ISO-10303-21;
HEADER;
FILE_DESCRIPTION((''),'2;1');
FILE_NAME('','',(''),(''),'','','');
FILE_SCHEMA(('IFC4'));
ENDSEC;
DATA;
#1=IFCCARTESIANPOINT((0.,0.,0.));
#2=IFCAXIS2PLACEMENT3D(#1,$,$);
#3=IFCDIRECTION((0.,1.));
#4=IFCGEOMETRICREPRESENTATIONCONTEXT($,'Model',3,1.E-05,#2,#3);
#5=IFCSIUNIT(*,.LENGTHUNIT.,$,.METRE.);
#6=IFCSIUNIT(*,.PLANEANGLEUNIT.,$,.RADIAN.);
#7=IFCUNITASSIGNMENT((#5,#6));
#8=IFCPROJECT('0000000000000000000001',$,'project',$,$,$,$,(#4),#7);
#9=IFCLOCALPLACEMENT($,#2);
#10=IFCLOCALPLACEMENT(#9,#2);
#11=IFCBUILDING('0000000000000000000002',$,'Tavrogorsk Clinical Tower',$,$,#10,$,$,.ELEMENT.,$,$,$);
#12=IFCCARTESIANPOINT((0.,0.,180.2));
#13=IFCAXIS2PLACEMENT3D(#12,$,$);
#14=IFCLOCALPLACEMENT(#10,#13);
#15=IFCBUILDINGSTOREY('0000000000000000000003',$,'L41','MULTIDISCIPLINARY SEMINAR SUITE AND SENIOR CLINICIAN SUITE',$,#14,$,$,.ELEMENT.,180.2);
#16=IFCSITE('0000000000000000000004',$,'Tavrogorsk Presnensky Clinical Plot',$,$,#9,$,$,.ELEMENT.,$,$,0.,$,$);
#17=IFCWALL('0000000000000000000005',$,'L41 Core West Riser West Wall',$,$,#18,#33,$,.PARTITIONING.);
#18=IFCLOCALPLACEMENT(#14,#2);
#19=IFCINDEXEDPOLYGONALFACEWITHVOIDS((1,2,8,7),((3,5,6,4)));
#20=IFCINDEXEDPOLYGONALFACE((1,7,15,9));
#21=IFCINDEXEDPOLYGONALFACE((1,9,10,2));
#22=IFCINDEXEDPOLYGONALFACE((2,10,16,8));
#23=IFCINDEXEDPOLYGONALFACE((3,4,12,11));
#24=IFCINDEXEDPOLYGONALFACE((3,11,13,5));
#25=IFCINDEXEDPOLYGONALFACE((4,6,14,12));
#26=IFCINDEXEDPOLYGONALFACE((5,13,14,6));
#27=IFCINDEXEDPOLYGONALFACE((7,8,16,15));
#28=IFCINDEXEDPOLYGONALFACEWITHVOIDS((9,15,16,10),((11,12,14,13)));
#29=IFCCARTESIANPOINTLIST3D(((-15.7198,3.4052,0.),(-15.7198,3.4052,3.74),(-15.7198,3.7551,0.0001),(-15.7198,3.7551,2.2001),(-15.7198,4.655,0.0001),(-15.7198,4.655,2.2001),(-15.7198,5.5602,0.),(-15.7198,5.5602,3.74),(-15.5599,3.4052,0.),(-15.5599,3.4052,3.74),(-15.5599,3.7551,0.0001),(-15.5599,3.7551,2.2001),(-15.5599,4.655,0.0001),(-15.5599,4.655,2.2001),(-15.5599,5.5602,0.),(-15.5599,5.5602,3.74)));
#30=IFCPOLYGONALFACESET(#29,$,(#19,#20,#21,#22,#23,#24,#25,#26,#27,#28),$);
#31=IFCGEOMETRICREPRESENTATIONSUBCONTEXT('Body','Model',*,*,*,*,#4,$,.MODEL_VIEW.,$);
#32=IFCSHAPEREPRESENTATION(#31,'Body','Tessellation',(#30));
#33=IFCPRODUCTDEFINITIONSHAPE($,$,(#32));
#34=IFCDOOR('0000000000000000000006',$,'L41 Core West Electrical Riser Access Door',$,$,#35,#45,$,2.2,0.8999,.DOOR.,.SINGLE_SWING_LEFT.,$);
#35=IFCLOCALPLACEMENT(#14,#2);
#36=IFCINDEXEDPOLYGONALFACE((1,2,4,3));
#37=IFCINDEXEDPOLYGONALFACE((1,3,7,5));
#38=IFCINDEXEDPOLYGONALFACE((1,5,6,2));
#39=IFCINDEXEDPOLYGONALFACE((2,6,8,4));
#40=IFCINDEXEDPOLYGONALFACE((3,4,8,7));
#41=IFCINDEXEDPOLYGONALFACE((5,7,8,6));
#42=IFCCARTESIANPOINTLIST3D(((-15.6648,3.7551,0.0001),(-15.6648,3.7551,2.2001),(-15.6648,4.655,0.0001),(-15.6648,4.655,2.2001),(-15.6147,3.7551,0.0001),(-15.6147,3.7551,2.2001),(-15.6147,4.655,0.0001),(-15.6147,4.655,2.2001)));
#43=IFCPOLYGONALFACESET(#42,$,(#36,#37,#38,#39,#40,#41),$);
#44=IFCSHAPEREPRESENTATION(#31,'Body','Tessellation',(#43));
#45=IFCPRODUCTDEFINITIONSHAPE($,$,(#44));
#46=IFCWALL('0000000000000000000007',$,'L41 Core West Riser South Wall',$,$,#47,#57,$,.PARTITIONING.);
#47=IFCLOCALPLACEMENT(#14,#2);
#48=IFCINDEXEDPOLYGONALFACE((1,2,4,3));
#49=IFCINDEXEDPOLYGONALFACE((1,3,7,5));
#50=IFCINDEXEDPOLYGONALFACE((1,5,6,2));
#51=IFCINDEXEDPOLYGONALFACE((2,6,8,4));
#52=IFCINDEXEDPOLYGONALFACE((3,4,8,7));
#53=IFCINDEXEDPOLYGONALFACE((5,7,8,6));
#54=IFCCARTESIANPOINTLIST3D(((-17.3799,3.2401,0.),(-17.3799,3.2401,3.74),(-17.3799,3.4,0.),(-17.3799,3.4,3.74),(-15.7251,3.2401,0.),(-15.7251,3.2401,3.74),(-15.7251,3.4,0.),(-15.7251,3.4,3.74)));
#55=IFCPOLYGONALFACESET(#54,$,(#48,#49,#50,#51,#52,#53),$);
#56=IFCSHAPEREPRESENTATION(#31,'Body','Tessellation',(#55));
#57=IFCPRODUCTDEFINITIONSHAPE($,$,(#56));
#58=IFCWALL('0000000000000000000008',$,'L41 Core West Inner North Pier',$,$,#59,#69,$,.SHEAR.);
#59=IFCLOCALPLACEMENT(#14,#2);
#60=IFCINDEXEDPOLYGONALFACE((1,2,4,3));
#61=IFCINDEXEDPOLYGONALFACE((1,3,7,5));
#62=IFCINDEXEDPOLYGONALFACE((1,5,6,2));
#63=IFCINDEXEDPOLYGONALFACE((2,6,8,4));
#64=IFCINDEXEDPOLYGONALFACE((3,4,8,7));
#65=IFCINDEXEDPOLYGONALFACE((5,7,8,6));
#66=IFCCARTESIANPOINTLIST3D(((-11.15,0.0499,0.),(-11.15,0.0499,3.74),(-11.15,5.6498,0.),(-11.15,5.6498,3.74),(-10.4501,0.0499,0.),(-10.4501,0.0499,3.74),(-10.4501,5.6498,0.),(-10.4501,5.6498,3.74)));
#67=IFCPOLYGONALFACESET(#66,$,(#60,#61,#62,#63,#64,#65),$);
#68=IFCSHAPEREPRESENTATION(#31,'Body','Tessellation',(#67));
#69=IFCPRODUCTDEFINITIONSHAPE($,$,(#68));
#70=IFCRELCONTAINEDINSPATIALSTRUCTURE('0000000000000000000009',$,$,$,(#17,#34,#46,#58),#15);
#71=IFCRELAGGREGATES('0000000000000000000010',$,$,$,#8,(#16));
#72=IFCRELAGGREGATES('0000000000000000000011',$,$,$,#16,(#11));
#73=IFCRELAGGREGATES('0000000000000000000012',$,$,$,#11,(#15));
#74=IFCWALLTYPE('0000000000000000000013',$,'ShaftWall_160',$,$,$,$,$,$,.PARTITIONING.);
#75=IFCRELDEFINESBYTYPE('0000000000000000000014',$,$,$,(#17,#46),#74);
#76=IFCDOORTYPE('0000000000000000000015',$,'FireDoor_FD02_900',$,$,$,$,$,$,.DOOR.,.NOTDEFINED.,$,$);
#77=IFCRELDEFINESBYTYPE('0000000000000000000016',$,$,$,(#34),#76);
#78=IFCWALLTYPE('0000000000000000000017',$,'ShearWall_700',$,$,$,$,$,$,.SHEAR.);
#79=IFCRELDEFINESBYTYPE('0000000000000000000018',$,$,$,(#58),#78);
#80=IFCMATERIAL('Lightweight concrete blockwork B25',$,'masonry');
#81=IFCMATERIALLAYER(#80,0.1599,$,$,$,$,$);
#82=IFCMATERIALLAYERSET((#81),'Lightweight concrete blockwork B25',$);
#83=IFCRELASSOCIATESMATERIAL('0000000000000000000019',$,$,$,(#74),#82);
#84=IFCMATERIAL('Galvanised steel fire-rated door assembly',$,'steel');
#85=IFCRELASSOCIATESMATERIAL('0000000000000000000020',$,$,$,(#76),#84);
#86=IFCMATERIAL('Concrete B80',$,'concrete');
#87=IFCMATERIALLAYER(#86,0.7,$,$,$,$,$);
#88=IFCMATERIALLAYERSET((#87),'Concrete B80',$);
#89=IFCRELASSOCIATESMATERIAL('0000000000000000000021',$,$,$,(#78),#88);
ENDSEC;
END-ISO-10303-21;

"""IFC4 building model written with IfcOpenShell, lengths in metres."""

from ifc_helpers import new_model, si_unit, direction, frame, frame_2d, origin, place, context, subcontext, project, spatial, rectangle, extrude, material, layer, layer_set, type_object, element, fill, save


model = new_model("IFC4")

# Units and contexts
model_context = context("Model", 3, precision=1e-05, world=origin(), true_north=direction((0.0, 1.0)))
body_context = subcontext(model_context, "Body", "Model", "MODEL_VIEW")
ifc_project = project(units=[si_unit("LENGTHUNIT", "METRE"), si_unit("PLANEANGLEUNIT", "RADIAN")], contexts=[model_context])

# Site, building, storey
site_placement = place(None, origin())
site = spatial("IfcSite", under=ifc_project, at=site_placement, Name="Tavrogorsk Presnensky Clinical Plot", CompositionType="ELEMENT", RefElevation=0.0)
building_placement = place(site_placement, origin())
building = spatial("IfcBuilding", under=site, at=building_placement, Name="Tavrogorsk Clinical Tower", CompositionType="ELEMENT")
storey_placement = place(building_placement, frame((0.0, 0.0, 180.2)))
storey = spatial("IfcBuildingStorey", under=building, at=storey_placement, Name="L41", Description="MULTIDISCIPLINARY SEMINAR SUITE AND SENIOR CLINICIAN SUITE", CompositionType="ELEMENT", Elevation=180.2)

# Shared definitions
ifc_material_1 = material(Name="Lightweight concrete blockwork B25", Category="masonry")
ifc_layer_1 = layer(ifc_material_1, 0.1599)
ifc_layer_set_1 = layer_set([ifc_layer_1], Name="Lightweight concrete blockwork B25")
wall_type_1 = type_object("IfcWallType", Name="ShaftWall_160", PredefinedType="PARTITIONING", material=ifc_layer_set_1)

# Wall, opening, door
wall_1_placement = place(storey_placement, frame((-15.6399, 3.405, 0.0), z_axis=(0.0, 0.0, 1.0), x_axis=(0.0, 1.0, 0.0)))
wall_1 = element("IfcWall", 1, at=wall_1_placement, inside=storey, type_object=wall_type_1, Name="L41 Core West Riser West Wall", PredefinedType="PARTITIONING", context=body_context, shape_type="SweptSolid", body=[
    extrude(rectangle(XDim=2.155, YDim=0.1599, at=frame_2d((1.0776, 0.0))), origin(), (0.0, 0.0, 1.0), 3.74),
])
opening_1_placement = place(wall_1_placement, frame((0.3501, 0.0, 0.0)))
opening_1 = element("IfcOpeningElement", 2, at=opening_1_placement, cuts=wall_1, PredefinedType="OPENING", context=body_context, shape_type="SweptSolid", body=[
    extrude(rectangle(XDim=0.8999, YDim=2.2, at=frame_2d((0.45, 1.1001))), frame((0.0, 0.0898, 0.0), z_axis=(0.0, -1.0, 0.0), x_axis=(1.0, 0.0, 0.0)), (0.0, 0.0, 1.0), 0.1799),
])
ifc_material_2 = material(Name="Galvanised steel fire-rated door assembly", Category="steel")
door_type_1 = type_object("IfcDoorType", Name="FireDoor_FD02_900", OperationType="NOTDEFINED", PredefinedType="DOOR", material=ifc_material_2)
door_1_placement = place(opening_1_placement, origin())
door_1 = element("IfcDoor", 3, at=door_1_placement, inside=storey, type_object=door_type_1, Name="L41 Core West Electrical Riser Access Door", OperationType="SINGLE_SWING_LEFT", OverallHeight=2.2, OverallWidth=0.8999, PredefinedType="DOOR", context=body_context, shape_type="SweptSolid", body=[
    extrude(rectangle(XDim=0.8999, YDim=2.2, at=frame_2d((0.45, 1.1001))), frame((0.0, 0.0249, 0.0), z_axis=(0.0, -1.0, 0.0), x_axis=(1.0, 0.0, 0.0)), (0.0, 0.0, 1.0), 0.05),
])
fill(opening_1, door_1)

# Walls
wall_2_placement = place(storey_placement, frame((-17.3799, 3.3201, 0.0), z_axis=(0.0, 0.0, 1.0), x_axis=(1.0, 0.0, 0.0)))
element("IfcWall", 4, at=wall_2_placement, inside=storey, type_object=wall_type_1, Name="L41 Core West Riser South Wall", PredefinedType="PARTITIONING", context=body_context, shape_type="SweptSolid", body=[
    extrude(rectangle(XDim=1.6548, YDim=0.1599, at=frame_2d((0.8274, 0.0))), origin(), (0.0, 0.0, 1.0), 3.74),
])
ifc_material_3 = material(Name="Concrete B80", Category="concrete")
ifc_layer_2 = layer(ifc_material_3, 0.7)
ifc_layer_set_2 = layer_set([ifc_layer_2], Name="Concrete B80")
wall_type_2 = type_object("IfcWallType", Name="ShearWall_700", PredefinedType="SHEAR", material=ifc_layer_set_2)
wall_3_placement = place(storey_placement, frame((-10.8, 0.05, 0.0), z_axis=(0.0, 0.0, 1.0), x_axis=(0.0, 1.0, 0.0)))
element("IfcWall", 5, at=wall_3_placement, inside=storey, type_object=wall_type_2, Name="L41 Core West Inner North Pier", PredefinedType="SHEAR", context=body_context, shape_type="SweptSolid", body=[
    extrude(rectangle(XDim=5.5999, YDim=0.7, at=frame_2d((2.7998, 0.0))), origin(), (0.0, 0.0, 1.0), 3.74),
])

save(model, "model.ifc")
